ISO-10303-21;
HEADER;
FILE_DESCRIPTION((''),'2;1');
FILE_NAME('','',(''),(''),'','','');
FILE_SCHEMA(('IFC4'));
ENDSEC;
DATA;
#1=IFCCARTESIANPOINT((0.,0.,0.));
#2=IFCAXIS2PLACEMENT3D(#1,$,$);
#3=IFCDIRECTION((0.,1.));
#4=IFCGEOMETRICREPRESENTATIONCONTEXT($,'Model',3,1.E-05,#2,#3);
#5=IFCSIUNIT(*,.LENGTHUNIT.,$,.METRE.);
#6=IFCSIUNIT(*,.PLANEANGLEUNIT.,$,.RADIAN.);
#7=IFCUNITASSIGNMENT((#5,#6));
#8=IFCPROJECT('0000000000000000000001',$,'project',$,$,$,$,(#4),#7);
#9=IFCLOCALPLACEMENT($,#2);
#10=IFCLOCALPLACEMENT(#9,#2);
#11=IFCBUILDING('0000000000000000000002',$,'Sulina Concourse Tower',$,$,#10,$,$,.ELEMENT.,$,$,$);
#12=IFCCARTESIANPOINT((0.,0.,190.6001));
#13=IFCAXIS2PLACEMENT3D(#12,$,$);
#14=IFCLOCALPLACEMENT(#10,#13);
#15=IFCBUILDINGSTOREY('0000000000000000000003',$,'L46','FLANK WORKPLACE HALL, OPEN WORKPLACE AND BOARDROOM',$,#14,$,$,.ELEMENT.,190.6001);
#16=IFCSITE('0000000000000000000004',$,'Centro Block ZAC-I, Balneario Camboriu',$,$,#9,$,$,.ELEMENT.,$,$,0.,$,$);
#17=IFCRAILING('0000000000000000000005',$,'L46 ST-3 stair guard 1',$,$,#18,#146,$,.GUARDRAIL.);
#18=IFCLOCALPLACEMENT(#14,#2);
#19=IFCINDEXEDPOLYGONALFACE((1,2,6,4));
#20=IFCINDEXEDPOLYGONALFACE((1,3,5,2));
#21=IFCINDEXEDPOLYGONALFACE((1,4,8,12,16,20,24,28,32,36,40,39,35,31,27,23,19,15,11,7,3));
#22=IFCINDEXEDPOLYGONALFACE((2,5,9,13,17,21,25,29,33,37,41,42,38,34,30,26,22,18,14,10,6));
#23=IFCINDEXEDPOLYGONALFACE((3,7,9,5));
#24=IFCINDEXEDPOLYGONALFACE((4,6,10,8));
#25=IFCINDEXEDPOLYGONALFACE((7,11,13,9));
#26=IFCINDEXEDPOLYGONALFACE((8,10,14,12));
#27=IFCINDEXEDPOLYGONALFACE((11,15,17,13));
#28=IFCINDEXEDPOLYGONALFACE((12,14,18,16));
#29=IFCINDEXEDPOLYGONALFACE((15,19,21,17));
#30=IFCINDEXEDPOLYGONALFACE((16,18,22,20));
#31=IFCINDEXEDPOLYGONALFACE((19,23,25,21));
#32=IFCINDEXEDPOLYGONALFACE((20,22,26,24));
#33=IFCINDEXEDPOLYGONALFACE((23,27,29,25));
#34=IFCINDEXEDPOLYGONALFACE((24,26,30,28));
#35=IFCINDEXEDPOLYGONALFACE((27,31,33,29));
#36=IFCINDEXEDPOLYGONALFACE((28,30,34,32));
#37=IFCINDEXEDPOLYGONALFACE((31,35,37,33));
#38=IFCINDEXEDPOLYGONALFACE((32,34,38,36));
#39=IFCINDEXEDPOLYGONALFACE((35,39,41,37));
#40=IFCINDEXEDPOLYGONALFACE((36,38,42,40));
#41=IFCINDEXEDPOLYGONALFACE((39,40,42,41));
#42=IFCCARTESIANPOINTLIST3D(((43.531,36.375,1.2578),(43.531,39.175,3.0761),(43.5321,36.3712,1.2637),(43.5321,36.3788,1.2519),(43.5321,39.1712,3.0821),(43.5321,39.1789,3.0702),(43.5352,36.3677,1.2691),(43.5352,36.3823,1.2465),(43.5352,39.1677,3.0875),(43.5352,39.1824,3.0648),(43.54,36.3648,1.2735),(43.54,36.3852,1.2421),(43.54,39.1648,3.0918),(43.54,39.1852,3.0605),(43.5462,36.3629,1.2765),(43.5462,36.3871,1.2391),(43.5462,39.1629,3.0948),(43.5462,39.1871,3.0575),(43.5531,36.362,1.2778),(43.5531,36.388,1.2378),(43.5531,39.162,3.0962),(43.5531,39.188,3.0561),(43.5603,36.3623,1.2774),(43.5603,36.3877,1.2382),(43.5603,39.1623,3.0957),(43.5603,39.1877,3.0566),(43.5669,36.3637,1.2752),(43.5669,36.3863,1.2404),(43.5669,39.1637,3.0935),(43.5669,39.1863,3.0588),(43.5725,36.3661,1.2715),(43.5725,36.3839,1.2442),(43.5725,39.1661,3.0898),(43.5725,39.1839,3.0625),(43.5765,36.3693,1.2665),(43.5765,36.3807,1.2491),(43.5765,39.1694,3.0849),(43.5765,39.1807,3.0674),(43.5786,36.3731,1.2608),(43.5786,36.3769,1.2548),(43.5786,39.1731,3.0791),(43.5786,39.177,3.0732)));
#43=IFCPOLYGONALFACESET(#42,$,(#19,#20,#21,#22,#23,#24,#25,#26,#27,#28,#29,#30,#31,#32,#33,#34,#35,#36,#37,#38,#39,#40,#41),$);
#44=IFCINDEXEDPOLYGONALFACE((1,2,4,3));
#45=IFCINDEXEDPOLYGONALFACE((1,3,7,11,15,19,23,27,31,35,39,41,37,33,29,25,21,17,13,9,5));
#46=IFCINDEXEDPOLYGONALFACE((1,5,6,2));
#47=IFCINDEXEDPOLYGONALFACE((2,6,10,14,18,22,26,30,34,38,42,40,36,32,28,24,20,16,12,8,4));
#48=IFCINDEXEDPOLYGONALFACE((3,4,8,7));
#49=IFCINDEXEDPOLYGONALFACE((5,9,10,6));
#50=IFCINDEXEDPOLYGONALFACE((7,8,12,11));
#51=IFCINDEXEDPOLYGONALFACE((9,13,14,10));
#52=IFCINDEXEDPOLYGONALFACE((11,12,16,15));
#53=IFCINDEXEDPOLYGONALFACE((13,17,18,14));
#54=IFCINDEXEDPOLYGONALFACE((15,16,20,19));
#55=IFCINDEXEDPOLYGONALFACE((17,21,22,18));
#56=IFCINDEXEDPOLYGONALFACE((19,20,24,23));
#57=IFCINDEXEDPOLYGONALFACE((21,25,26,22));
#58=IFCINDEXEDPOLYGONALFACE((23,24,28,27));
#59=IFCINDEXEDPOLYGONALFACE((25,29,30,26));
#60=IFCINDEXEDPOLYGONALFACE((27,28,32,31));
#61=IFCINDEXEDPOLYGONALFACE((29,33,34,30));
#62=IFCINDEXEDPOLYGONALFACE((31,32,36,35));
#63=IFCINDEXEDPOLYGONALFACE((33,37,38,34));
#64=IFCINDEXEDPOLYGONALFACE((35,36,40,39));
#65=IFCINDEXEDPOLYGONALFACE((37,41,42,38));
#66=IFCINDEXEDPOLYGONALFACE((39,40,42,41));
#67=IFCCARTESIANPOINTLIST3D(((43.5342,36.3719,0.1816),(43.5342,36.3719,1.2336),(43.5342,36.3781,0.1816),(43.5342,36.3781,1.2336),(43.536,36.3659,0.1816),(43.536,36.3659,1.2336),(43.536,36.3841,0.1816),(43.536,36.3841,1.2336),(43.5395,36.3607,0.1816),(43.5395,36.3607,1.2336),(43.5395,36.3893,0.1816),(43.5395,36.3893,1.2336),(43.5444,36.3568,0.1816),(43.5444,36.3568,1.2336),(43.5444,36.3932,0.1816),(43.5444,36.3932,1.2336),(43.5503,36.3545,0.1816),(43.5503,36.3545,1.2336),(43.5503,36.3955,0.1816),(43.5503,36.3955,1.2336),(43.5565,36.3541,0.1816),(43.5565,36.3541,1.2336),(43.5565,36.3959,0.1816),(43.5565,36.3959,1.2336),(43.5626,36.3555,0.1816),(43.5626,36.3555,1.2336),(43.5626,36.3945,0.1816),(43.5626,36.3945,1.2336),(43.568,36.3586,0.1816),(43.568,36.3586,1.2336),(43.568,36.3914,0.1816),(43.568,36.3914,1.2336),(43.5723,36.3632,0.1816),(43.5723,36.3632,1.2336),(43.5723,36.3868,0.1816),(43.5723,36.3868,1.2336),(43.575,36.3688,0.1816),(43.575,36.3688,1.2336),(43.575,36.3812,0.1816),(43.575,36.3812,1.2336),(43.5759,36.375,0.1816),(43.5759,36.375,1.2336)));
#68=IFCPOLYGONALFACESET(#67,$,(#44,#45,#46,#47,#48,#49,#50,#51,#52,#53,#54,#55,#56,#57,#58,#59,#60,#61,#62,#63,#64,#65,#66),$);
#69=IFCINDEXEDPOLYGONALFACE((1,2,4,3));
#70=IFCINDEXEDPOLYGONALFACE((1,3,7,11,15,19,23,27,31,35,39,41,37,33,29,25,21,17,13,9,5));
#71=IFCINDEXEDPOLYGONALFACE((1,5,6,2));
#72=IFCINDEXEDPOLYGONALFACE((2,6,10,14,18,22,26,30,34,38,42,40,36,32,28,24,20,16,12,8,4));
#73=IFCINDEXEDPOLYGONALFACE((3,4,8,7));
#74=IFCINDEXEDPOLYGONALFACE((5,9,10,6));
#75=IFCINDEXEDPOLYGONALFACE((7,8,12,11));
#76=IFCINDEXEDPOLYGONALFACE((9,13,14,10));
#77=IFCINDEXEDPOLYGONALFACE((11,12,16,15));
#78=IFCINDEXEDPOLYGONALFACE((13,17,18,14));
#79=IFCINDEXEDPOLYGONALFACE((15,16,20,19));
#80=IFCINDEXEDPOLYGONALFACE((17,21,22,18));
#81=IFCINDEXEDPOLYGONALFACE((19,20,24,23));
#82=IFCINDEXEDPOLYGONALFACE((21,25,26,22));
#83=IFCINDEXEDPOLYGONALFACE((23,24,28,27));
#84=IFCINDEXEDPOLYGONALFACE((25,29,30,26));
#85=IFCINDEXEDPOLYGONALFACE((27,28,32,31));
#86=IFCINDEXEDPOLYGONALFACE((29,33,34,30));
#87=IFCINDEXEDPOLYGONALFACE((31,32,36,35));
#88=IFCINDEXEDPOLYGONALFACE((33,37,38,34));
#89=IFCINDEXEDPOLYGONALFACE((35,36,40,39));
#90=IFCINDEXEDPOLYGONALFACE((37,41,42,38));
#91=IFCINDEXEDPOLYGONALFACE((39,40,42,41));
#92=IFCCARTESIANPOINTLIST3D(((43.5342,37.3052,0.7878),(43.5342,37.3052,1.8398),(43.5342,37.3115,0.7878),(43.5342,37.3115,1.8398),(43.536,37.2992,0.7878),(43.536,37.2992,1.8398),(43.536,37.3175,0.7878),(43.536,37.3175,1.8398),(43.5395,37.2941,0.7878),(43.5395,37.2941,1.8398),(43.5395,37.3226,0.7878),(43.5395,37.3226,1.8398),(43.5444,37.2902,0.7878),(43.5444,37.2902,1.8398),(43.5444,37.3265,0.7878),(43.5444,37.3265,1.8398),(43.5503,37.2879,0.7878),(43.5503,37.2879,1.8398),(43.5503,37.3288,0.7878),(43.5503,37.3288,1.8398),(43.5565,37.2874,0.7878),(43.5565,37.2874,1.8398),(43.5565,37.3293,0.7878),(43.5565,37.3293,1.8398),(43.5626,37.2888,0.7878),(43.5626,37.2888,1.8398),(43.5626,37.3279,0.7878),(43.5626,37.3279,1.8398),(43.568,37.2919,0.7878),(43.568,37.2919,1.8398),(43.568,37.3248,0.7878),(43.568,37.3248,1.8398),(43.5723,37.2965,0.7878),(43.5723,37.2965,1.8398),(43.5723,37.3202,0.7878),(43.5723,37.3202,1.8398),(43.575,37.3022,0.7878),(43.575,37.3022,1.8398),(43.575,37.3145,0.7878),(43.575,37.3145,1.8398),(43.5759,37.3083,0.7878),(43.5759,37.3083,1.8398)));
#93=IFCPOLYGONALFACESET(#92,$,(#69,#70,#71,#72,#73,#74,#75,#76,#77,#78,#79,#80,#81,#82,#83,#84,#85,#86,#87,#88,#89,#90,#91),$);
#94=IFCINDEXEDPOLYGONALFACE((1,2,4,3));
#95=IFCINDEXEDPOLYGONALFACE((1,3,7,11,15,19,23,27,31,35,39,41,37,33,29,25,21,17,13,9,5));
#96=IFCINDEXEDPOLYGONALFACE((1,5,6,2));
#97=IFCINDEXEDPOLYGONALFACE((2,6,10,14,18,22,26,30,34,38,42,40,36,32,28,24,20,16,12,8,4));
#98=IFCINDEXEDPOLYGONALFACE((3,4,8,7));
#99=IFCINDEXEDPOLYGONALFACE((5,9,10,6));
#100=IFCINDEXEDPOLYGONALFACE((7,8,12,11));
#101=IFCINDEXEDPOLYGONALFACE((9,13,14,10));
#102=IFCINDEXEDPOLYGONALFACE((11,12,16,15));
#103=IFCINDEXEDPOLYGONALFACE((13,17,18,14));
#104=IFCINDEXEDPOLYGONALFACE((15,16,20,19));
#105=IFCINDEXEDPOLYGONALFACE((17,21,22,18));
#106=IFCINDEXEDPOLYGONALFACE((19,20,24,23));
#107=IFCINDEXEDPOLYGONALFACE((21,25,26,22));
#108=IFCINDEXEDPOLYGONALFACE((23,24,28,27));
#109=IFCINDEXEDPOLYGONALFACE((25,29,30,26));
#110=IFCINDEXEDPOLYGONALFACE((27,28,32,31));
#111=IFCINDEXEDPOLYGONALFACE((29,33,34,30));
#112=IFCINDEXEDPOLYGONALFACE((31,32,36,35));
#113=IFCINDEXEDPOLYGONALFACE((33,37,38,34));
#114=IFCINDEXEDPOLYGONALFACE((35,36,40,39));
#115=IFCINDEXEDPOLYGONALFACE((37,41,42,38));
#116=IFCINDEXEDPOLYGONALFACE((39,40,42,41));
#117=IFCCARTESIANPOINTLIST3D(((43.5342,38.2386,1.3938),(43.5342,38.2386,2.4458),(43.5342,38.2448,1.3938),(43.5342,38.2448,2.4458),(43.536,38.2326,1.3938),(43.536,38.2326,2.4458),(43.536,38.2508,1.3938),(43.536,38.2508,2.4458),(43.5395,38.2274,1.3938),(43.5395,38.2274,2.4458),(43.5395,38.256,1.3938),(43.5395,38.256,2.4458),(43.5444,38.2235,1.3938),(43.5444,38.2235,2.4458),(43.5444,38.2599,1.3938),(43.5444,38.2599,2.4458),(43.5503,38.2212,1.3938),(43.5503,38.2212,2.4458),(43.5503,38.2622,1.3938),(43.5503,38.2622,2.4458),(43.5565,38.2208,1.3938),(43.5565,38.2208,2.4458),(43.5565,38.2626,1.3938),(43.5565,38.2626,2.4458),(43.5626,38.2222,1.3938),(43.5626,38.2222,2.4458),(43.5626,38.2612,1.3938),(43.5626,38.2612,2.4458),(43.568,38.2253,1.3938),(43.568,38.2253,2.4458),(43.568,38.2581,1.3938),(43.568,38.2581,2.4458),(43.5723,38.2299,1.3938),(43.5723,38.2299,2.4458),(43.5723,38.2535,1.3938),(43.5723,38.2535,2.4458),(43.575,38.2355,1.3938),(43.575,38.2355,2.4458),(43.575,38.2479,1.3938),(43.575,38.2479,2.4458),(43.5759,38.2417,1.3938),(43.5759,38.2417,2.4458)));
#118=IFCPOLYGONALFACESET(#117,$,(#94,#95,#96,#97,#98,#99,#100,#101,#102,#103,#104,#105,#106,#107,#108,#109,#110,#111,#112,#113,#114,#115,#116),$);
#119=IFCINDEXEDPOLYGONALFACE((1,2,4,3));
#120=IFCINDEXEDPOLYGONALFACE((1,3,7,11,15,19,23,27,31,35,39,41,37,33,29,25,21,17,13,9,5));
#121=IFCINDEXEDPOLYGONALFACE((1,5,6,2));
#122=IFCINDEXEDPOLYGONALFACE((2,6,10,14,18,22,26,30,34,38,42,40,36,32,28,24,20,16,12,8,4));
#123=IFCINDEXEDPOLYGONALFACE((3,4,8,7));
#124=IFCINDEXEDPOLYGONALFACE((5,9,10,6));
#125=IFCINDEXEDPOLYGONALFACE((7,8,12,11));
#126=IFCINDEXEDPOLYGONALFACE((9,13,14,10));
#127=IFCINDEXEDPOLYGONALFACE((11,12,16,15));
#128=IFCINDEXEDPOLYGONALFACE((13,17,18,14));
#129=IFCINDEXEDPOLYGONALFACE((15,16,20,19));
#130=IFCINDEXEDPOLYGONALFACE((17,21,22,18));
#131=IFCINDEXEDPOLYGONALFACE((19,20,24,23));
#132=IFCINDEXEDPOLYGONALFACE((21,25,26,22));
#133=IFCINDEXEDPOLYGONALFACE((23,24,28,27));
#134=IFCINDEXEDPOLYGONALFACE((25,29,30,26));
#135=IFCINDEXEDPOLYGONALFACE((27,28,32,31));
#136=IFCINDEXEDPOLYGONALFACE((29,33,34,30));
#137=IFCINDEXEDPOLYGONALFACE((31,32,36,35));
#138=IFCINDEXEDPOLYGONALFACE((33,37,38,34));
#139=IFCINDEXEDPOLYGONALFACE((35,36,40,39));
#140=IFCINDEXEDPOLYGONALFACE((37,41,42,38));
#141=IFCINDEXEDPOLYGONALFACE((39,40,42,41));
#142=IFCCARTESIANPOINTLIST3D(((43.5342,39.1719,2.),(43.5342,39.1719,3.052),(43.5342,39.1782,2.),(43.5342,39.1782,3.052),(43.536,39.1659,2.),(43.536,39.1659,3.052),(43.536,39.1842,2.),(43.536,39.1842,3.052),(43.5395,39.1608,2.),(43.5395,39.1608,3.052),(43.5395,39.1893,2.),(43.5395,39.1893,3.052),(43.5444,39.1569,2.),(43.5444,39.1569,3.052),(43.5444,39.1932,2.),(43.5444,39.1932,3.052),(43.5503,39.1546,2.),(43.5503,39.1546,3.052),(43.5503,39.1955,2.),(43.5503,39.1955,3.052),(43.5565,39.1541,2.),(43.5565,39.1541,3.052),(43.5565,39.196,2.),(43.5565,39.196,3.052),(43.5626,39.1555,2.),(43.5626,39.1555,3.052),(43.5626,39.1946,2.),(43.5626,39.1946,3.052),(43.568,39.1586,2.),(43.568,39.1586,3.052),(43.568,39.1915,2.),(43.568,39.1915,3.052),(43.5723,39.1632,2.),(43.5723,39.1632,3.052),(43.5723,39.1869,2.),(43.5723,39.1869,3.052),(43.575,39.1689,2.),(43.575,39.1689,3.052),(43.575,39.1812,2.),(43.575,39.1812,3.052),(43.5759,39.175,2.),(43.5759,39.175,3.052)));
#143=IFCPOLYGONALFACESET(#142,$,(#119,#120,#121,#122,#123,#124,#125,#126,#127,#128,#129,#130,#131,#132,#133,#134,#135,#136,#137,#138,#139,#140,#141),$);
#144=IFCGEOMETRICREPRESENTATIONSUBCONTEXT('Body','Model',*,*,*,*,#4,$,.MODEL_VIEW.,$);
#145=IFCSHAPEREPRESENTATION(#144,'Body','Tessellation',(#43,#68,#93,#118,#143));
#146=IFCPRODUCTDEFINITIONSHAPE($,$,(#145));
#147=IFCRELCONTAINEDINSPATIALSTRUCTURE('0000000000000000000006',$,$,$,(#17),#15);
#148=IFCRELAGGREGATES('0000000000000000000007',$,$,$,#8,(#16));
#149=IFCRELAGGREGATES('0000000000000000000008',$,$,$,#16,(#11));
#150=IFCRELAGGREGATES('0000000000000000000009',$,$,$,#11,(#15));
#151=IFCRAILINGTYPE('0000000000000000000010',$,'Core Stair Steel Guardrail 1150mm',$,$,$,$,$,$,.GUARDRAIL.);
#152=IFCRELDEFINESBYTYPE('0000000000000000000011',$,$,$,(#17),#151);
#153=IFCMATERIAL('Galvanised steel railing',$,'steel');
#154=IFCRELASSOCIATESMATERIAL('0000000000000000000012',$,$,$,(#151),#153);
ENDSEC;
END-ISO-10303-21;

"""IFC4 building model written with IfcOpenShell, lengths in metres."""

from ifc_helpers import new_model, si_unit, direction, frame, origin, origin_2d, place, context, subcontext, project, spatial, circle, extrude, material, type_object, element, save


model = new_model("IFC4")

# Units and contexts
model_context = context("Model", 3, precision=1e-05, world=origin(), true_north=direction((0.0, 1.0)))
body_context = subcontext(model_context, "Body", "Model", "MODEL_VIEW")
ifc_project = project(units=[si_unit("LENGTHUNIT", "METRE"), si_unit("PLANEANGLEUNIT", "RADIAN")], contexts=[model_context])

# Site, building, storey
site_placement = place(None, origin())
site = spatial("IfcSite", under=ifc_project, at=site_placement, Name="Centro Block ZAC-I, Balneario Camboriu", CompositionType="ELEMENT", RefElevation=0.0)
building_placement = place(site_placement, origin())
building = spatial("IfcBuilding", under=site, at=building_placement, Name="Sulina Concourse Tower", CompositionType="ELEMENT")
storey_placement = place(building_placement, frame((0.0, 0.0, 190.6001)))
storey = spatial("IfcBuildingStorey", under=building, at=storey_placement, Name="L46", Description="FLANK WORKPLACE HALL, OPEN WORKPLACE AND BOARDROOM", CompositionType="ELEMENT", Elevation=190.6001)

# Railing
ifc_material_1 = material(Name="Galvanised steel railing", Category="steel")
railing_type_1 = type_object("IfcRailingType", Name="Core Stair Steel Guardrail 1150mm", PredefinedType="GUARDRAIL", material=ifc_material_1)
railing_1_placement = place(storey_placement, frame((43.5549, 36.375, 0.1816)))
element("IfcRailing", 1, at=railing_1_placement, inside=storey, type_object=railing_type_1, Name="L46 ST-3 stair guard 1", PredefinedType="GUARDRAIL", context=body_context, shape_type="SweptSolid", body=[
    extrude(circle(Radius=0.0239, at=origin_2d()), frame((0.0, 0.0, 1.0762), z_axis=(0.0, 0.838672, 0.544636), x_axis=(-1.0, 0.0, 0.0)), (0.0, 0.0, 1.0), 3.3386),
    extrude(circle(Radius=0.021, at=origin_2d()), origin(), (0.0, 0.0, 1.0), 1.052),
    extrude(circle(Radius=0.021, at=origin_2d()), frame((0.0, 0.9333, 0.6062)), (0.0, 0.0, 1.0), 1.052),
    extrude(circle(Radius=0.021, at=origin_2d()), frame((0.0, 1.8667, 1.2122)), (0.0, 0.0, 1.0), 1.052),
    extrude(circle(Radius=0.021, at=origin_2d()), frame((0.0, 2.8, 1.8184)), (0.0, 0.0, 1.0), 1.052),
])

save(model, "model.ifc")
